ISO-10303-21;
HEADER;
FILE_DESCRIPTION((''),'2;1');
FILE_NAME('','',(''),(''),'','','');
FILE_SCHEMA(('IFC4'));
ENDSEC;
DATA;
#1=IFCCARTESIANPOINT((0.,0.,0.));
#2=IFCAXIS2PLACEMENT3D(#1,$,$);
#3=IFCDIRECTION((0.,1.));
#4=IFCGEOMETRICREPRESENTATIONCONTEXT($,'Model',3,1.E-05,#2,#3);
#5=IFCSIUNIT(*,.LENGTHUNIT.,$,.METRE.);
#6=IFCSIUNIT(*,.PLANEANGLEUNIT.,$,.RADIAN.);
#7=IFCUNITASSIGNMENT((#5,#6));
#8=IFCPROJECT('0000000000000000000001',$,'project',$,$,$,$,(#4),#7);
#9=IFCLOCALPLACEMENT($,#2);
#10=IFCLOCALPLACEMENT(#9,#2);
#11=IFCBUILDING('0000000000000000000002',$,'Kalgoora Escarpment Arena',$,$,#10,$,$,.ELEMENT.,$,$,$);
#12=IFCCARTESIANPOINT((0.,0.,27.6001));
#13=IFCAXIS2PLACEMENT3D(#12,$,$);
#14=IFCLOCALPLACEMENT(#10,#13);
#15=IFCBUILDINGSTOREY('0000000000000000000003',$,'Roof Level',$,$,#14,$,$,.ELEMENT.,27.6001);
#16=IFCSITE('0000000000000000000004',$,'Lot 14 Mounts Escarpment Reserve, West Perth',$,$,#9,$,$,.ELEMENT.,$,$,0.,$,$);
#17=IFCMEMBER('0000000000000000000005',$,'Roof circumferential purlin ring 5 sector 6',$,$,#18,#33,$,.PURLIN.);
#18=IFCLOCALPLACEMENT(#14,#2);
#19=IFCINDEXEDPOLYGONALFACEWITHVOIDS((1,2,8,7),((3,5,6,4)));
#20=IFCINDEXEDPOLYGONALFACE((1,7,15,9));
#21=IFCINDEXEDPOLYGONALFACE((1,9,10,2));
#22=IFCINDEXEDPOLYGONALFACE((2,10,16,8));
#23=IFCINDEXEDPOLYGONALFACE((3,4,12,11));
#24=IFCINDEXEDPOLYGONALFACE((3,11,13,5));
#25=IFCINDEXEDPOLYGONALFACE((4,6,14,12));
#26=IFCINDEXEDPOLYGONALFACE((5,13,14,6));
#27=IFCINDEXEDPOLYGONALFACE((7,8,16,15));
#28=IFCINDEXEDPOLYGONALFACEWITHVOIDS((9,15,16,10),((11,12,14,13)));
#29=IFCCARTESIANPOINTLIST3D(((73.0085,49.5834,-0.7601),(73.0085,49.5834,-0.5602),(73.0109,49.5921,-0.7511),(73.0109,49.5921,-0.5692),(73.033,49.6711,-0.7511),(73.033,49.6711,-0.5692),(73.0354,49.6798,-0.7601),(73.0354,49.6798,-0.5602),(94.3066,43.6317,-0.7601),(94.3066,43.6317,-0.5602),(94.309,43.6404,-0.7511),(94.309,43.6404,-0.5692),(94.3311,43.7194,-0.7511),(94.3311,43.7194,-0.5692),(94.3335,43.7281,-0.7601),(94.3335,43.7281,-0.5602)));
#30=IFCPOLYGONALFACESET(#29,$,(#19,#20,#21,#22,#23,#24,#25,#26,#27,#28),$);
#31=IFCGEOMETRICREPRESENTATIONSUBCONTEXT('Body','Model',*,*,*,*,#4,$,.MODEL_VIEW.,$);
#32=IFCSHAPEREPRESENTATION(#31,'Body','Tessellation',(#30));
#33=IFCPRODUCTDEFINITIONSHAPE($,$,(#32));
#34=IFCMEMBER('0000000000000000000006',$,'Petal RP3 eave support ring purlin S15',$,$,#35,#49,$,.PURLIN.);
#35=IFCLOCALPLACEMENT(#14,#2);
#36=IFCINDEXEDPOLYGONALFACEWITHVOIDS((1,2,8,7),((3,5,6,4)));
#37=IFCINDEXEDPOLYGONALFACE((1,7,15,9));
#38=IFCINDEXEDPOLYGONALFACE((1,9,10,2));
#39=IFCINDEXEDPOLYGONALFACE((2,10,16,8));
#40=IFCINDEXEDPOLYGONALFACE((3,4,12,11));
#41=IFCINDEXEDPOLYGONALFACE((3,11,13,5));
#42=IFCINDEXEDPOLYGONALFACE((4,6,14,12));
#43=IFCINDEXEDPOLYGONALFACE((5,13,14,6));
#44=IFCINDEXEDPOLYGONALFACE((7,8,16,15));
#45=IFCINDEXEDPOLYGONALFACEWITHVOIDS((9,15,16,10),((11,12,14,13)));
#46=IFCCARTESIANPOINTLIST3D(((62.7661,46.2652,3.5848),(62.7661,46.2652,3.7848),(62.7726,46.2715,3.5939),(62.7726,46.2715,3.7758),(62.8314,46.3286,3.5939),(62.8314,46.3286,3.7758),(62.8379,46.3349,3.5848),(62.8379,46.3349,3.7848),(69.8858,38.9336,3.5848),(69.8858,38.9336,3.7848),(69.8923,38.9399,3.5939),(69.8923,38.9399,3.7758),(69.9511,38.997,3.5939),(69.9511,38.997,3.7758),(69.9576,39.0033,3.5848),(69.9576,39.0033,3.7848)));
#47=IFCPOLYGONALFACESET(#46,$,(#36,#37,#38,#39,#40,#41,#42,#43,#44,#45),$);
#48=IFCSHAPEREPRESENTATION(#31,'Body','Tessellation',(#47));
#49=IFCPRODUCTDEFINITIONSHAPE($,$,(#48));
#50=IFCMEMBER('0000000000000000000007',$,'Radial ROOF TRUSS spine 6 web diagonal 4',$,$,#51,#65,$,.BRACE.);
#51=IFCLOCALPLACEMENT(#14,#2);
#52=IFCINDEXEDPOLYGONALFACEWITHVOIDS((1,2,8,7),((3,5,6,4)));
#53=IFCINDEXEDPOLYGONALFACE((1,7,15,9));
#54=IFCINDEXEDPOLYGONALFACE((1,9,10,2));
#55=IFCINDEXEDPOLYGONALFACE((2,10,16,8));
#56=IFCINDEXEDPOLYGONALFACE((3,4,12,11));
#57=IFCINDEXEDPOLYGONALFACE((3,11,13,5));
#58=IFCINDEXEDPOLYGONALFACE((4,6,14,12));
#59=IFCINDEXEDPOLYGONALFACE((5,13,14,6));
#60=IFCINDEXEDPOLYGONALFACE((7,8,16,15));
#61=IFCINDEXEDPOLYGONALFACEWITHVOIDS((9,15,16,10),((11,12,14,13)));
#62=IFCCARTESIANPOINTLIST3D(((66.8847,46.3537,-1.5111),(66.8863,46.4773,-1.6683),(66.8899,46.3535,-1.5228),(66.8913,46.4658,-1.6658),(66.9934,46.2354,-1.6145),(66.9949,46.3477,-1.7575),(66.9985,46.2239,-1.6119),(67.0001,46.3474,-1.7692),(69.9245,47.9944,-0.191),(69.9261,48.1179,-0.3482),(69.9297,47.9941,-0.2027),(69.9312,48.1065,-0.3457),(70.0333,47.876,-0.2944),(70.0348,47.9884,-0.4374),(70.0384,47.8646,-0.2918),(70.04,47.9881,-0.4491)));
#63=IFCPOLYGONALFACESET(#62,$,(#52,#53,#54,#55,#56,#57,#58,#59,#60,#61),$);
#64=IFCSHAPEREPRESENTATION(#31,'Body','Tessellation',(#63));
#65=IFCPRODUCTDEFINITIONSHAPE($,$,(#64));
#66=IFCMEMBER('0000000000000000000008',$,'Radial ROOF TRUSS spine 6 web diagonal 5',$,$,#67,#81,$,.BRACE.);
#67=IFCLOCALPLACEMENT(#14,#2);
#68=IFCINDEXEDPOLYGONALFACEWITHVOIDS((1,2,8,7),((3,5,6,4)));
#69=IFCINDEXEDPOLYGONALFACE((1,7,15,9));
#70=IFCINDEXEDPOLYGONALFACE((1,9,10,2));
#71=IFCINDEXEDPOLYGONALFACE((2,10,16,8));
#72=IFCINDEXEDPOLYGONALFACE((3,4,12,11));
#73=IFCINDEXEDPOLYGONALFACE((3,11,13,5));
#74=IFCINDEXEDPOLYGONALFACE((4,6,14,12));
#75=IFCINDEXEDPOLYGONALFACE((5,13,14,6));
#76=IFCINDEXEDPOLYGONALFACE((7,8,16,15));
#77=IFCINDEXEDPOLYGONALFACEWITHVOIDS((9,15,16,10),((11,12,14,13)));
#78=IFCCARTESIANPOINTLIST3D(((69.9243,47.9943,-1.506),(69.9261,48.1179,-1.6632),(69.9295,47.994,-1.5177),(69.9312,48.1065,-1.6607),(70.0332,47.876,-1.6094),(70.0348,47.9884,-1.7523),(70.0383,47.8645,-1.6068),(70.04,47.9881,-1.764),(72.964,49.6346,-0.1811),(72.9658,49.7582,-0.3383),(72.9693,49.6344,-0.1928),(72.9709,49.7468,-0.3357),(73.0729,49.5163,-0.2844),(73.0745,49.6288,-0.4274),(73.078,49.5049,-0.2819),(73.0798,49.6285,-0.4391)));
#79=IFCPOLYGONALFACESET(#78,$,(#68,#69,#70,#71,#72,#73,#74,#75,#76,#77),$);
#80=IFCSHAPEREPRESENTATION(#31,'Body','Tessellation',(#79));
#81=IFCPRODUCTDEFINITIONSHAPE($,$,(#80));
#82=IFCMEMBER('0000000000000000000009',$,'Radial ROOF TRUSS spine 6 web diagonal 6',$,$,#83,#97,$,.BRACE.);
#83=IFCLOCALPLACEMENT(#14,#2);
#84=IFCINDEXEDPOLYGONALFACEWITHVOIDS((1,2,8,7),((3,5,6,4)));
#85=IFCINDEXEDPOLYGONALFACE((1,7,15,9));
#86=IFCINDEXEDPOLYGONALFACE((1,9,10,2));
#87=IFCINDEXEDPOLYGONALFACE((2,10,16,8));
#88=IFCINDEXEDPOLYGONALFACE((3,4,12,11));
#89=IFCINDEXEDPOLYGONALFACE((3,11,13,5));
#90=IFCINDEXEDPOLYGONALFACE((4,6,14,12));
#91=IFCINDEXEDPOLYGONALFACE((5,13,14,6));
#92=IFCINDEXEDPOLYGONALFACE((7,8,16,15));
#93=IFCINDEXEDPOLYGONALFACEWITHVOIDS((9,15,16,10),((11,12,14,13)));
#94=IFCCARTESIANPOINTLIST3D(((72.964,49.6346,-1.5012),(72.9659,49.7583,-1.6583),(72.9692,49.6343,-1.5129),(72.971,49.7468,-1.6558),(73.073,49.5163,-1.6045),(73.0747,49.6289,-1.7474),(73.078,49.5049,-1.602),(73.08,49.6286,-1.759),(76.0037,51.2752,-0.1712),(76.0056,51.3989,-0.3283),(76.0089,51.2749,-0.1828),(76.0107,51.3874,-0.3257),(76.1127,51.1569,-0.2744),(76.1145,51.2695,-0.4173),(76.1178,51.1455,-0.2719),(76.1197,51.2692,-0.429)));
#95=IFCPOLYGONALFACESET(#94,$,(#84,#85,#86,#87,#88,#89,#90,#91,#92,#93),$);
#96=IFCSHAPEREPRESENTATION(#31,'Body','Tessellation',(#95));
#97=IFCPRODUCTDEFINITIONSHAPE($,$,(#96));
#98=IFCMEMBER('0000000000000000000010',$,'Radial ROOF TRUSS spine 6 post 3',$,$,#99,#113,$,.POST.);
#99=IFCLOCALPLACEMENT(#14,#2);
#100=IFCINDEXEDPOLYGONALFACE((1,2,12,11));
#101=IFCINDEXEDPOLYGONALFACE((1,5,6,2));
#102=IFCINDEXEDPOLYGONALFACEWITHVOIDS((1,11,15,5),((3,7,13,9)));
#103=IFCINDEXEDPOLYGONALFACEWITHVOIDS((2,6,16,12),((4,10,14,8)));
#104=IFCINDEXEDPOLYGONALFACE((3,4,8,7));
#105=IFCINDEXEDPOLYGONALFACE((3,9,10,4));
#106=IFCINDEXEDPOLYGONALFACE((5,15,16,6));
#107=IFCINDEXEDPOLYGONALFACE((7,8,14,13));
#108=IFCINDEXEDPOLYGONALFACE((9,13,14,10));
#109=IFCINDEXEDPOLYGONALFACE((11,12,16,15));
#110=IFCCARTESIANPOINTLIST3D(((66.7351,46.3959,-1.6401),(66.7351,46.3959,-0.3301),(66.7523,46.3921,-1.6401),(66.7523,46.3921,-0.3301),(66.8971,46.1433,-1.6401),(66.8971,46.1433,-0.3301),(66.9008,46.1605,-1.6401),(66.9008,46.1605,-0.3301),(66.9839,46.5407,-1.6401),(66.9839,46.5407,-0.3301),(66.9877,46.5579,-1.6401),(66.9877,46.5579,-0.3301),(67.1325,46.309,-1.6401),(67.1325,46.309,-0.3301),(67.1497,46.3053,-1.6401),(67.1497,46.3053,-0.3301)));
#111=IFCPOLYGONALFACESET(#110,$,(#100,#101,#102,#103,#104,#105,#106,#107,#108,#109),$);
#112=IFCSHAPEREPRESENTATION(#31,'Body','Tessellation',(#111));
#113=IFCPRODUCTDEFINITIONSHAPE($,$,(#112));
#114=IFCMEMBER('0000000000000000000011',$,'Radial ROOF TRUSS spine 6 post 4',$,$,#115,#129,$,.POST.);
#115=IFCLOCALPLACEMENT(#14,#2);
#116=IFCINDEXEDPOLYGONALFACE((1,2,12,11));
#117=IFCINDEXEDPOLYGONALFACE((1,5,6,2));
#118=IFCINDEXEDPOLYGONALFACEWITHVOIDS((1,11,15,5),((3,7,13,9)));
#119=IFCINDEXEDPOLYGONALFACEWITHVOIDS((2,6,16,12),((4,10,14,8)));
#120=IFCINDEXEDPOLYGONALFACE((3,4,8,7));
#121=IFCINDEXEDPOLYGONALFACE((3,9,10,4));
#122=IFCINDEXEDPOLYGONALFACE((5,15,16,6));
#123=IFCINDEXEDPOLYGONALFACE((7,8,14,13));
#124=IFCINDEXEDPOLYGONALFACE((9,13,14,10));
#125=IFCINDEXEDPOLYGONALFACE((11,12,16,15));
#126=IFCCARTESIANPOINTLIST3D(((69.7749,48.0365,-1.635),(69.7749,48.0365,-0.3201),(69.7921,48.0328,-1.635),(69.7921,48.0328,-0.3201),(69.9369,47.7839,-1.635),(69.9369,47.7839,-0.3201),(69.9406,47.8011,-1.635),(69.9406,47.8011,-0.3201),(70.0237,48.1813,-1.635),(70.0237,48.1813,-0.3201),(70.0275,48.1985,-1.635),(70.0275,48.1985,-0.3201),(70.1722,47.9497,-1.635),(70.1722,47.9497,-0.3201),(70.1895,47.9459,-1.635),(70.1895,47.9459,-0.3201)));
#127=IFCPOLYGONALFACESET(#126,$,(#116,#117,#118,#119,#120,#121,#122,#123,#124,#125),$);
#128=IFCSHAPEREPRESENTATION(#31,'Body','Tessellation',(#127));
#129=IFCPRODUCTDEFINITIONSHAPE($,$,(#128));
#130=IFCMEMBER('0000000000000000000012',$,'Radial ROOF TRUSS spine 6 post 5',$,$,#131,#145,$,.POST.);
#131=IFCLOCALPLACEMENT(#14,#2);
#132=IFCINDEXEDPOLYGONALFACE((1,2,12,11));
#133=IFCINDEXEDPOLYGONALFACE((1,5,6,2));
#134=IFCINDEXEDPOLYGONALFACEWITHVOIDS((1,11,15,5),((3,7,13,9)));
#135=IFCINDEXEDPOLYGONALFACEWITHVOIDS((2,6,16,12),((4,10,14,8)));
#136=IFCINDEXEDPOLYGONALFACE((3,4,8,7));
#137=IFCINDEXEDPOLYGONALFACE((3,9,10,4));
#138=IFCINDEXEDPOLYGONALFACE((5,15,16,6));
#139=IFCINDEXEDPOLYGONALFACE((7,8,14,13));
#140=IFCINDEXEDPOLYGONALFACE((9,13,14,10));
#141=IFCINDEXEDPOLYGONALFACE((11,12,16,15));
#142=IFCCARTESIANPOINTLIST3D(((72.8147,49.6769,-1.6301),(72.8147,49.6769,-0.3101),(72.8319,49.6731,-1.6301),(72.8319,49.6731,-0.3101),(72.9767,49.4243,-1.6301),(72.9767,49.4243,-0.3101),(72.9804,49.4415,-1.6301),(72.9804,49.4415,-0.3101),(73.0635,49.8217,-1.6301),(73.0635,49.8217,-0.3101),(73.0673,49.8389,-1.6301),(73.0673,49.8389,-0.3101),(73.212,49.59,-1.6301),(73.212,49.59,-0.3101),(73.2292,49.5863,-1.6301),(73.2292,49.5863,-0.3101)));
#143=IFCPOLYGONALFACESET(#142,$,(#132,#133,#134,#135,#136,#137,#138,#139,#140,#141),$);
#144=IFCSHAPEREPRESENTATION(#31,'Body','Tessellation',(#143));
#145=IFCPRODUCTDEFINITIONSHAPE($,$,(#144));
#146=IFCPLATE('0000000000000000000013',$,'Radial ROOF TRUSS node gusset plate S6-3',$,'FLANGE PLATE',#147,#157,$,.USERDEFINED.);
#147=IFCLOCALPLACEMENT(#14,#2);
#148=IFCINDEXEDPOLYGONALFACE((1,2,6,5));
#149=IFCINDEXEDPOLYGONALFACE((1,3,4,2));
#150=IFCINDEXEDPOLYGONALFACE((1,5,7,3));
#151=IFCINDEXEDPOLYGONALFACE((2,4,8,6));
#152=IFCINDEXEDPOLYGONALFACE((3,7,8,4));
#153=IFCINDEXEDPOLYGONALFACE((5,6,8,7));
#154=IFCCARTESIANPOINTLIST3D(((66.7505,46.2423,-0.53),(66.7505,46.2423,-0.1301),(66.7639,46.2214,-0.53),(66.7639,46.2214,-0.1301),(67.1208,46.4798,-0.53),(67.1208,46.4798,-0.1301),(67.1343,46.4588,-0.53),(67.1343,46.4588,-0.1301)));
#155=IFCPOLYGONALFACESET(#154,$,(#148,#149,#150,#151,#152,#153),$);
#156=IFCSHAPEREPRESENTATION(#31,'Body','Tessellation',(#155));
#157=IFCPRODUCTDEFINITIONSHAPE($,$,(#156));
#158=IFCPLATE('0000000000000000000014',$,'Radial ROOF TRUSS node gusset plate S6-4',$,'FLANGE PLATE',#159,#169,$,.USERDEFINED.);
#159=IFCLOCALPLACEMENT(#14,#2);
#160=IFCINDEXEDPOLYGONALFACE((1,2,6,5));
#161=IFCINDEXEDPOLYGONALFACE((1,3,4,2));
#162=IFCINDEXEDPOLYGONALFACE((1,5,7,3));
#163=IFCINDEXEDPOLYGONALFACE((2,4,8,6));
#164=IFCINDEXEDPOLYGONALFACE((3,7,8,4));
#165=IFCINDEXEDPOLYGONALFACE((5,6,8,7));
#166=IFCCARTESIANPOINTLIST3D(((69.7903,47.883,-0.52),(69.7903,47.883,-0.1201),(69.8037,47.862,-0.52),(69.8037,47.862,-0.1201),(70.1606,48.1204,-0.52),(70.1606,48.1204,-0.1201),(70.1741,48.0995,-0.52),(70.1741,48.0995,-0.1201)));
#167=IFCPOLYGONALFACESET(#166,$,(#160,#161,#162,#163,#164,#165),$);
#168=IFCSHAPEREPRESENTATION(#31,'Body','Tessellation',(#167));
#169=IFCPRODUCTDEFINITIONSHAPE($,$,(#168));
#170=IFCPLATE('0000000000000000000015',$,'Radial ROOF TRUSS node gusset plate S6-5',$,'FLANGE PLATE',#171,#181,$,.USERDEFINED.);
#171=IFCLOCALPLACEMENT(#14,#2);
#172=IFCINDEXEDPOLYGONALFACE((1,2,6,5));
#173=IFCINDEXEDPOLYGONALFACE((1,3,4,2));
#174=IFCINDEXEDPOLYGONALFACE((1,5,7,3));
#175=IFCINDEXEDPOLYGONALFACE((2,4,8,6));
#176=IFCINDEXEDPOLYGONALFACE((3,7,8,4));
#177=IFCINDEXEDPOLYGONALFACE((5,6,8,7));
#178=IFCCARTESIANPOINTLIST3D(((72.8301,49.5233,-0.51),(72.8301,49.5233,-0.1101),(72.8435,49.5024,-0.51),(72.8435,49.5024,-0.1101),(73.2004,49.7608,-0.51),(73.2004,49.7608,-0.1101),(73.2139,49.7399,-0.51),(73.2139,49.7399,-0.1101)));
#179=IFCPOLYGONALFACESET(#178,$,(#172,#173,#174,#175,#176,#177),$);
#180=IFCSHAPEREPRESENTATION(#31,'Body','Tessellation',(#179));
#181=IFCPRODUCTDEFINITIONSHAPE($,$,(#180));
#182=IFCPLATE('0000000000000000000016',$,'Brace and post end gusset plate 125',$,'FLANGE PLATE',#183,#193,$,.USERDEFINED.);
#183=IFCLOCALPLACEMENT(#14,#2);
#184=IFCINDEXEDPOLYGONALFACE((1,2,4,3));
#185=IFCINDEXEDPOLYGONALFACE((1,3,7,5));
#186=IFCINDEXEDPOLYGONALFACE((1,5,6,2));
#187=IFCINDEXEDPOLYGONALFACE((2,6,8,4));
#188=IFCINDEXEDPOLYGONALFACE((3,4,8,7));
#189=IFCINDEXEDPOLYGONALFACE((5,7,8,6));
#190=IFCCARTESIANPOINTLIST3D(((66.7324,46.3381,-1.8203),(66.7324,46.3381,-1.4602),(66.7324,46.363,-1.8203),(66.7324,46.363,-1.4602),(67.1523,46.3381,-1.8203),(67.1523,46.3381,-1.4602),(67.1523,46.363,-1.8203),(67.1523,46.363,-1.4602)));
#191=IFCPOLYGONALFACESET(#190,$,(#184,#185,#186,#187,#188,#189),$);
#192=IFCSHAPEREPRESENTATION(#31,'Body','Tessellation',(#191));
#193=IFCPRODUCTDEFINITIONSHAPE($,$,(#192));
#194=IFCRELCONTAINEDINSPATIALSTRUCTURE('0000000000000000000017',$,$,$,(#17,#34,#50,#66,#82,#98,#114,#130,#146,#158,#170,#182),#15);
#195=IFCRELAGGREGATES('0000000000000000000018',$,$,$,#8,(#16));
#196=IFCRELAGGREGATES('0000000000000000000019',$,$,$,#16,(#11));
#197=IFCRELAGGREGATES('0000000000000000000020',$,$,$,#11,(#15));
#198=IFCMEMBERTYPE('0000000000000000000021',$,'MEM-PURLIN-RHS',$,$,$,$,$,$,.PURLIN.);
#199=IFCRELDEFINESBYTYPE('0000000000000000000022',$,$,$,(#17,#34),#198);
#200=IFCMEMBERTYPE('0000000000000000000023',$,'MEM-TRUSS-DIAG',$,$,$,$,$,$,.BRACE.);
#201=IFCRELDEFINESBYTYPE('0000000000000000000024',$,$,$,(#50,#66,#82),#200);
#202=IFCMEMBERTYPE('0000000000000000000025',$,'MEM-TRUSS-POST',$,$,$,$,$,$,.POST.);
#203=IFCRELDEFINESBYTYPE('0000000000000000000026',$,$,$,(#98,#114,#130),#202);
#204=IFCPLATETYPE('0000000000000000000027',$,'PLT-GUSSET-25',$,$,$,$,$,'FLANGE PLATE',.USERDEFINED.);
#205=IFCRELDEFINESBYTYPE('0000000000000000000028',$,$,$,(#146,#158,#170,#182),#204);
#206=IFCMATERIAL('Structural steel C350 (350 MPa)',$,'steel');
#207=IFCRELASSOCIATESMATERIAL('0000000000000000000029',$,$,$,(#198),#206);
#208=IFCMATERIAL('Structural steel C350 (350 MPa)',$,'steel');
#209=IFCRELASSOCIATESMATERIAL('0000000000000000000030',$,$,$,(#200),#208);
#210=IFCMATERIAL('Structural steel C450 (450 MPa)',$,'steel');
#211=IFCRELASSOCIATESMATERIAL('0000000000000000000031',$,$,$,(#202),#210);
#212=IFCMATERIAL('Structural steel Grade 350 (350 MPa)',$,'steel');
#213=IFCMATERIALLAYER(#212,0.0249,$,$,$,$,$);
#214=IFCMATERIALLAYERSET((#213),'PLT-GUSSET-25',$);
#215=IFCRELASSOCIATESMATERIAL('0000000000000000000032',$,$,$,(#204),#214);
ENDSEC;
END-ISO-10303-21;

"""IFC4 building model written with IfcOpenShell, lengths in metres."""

from ifc_helpers import new_model, si_unit, direction, frame, origin, origin_2d, place, context, subcontext, project, spatial, rectangle, hollow_rectangle, extrude, material, layer, layer_set, material_profile, profile_set, type_object, element, save


model = new_model("IFC4")

# Units and contexts
model_context = context("Model", 3, precision=1e-05, world=origin(), true_north=direction((0.0, 1.0)))
body_context = subcontext(model_context, "Body", "Model", "MODEL_VIEW")
ifc_project = project(units=[si_unit("LENGTHUNIT", "METRE"), si_unit("PLANEANGLEUNIT", "RADIAN")], contexts=[model_context])

# Site, building, storey
site_placement = place(None, origin())
site = spatial("IfcSite", under=ifc_project, at=site_placement, Name="Lot 14 Mounts Escarpment Reserve, West Perth", CompositionType="ELEMENT", RefElevation=0.0)
building_placement = place(site_placement, origin())
building = spatial("IfcBuilding", under=site, at=building_placement, Name="Kalgoora Escarpment Arena", CompositionType="ELEMENT")
storey_placement = place(building_placement, frame((0.0, 0.0, 27.6001)))
storey = spatial("IfcBuildingStorey", under=building, at=storey_placement, Name="Roof Level", CompositionType="ELEMENT", Elevation=27.6001)

# Members
ifc_material_1 = material(Name="Structural steel C350 (350 MPa)", Category="steel")
ifc_material_profile_1 = material_profile(ifc_material_1, hollow_rectangle(XDim=0.1001, YDim=0.2, WallThickness=0.009, at=origin_2d()))
ifc_profile_set_1 = profile_set([ifc_material_profile_1], Name="Structural steel C350 (350 MPa)")
member_type_1 = type_object("IfcMemberType", Name="MEM-PURLIN-RHS", PredefinedType="PURLIN", material=ifc_profile_set_1)
member_1_placement = place(storey_placement, frame((73.022, 49.6316, -0.6602), z_axis=(0.963103, -0.269135, 0.0), x_axis=(0.269135, 0.963103, 0.0)))
element("IfcMember", 1, at=member_1_placement, inside=storey, type_object=member_type_1, Name="Roof circumferential purlin ring 5 sector 6", PredefinedType="PURLIN", context=body_context, shape_type="SweptSolid", body=[
    extrude(hollow_rectangle(XDim=0.1001, YDim=0.2, WallThickness=0.009, at=origin_2d()), origin(), (0.0, 0.0, 1.0), 22.114),
])
member_2_placement = place(storey_placement, frame((62.802, 46.3, 3.6848), z_axis=(0.696663, -0.717399, 0.0), x_axis=(0.717399, 0.696663, 0.0)))
element("IfcMember", 2, at=member_2_placement, inside=storey, type_object=member_type_1, Name="Petal RP3 eave support ring purlin S15", PredefinedType="PURLIN", context=body_context, shape_type="SweptSolid", body=[
    extrude(hollow_rectangle(XDim=0.1001, YDim=0.2, WallThickness=0.009, at=origin_2d()), origin(), (0.0, 0.0, 1.0), 10.2197),
])
ifc_material_2 = material(Name="Structural steel C350 (350 MPa)", Category="steel")
ifc_material_profile_2 = material_profile(ifc_material_2, hollow_rectangle(XDim=0.2, YDim=0.2, WallThickness=0.009, at=origin_2d()))
ifc_profile_set_2 = profile_set([ifc_material_profile_2], Name="Structural steel C350 (350 MPa)")
member_type_2 = type_object("IfcMemberType", Name="MEM-TRUSS-DIAG", PredefinedType="BRACE", material=ifc_profile_set_2)
member_3_placement = place(storey_placement, frame((66.9424, 46.3506, -1.6401), z_axis=(0.822029, 0.443662, 0.356976), x_axis=(-0.569388, 0.649265, 0.504234)))
element("IfcMember", 3, at=member_3_placement, inside=storey, type_object=member_type_2, Name="Radial ROOF TRUSS spine 6 web diagonal 4", PredefinedType="BRACE", context=body_context, shape_type="SweptSolid", body=[
    extrude(hollow_rectangle(XDim=0.2, YDim=0.2, WallThickness=0.009, at=origin_2d()), origin(), (0.0, 0.0, 1.0), 3.698),
])
member_4_placement = place(storey_placement, frame((69.9822, 47.9912, -1.635), z_axis=(0.821665, 0.4434, 0.358138), x_axis=(-0.5699, 0.649002, 0.503994)))
element("IfcMember", 4, at=member_4_placement, inside=storey, type_object=member_type_2, Name="Radial ROOF TRUSS spine 6 web diagonal 5", PredefinedType="BRACE", context=body_context, shape_type="SweptSolid", body=[
    extrude(hollow_rectangle(XDim=0.2, YDim=0.2, WallThickness=0.009, at=origin_2d()), origin(), (0.0, 0.0, 1.0), 3.6995),
])
member_5_placement = place(storey_placement, frame((73.022, 49.6316, -1.6301), z_axis=(0.821233, 0.443232, 0.359335), x_axis=(-0.570509, 0.64866, 0.503746)))
element("IfcMember", 5, at=member_5_placement, inside=storey, type_object=member_type_2, Name="Radial ROOF TRUSS spine 6 web diagonal 6", PredefinedType="BRACE", context=body_context, shape_type="SweptSolid", body=[
    extrude(hollow_rectangle(XDim=0.2, YDim=0.2, WallThickness=0.009, at=origin_2d()), origin(), (0.0, 0.0, 1.0), 3.7014),
])
ifc_material_3 = material(Name="Structural steel C450 (450 MPa)", Category="steel")
ifc_material_profile_3 = material_profile(ifc_material_3, hollow_rectangle(XDim=0.3, YDim=0.3, WallThickness=0.0125, at=origin_2d()))
ifc_profile_set_3 = profile_set([ifc_material_profile_3], Name="Structural steel C450 (450 MPa)")
member_type_3 = type_object("IfcMemberType", Name="MEM-TRUSS-POST", PredefinedType="POST", material=ifc_profile_set_3)
member_6_placement = place(storey_placement, frame((66.9424, 46.3506, -1.6401), z_axis=(0.0, 0.0, 1.0), x_axis=(0.841794, 0.5398, 0.0)))
element("IfcMember", 6, at=member_6_placement, inside=storey, type_object=member_type_3, Name="Radial ROOF TRUSS spine 6 post 3", PredefinedType="POST", context=body_context, shape_type="SweptSolid", body=[
    extrude(hollow_rectangle(XDim=0.3, YDim=0.3, WallThickness=0.0125, at=origin_2d()), origin(), (0.0, 0.0, 1.0), 1.3101),
])
member_7_placement = place(storey_placement, frame((69.9822, 47.9912, -1.635), z_axis=(0.0, 0.0, 1.0), x_axis=(0.841794, 0.5398, 0.0)))
element("IfcMember", 7, at=member_7_placement, inside=storey, type_object=member_type_3, Name="Radial ROOF TRUSS spine 6 post 4", PredefinedType="POST", context=body_context, shape_type="SweptSolid", body=[
    extrude(hollow_rectangle(XDim=0.3, YDim=0.3, WallThickness=0.0125, at=origin_2d()), origin(), (0.0, 0.0, 1.0), 1.3149),
])
member_8_placement = place(storey_placement, frame((73.022, 49.6316, -1.6301), z_axis=(0.0, 0.0, 1.0), x_axis=(0.841794, 0.5398, 0.0)))
element("IfcMember", 8, at=member_8_placement, inside=storey, type_object=member_type_3, Name="Radial ROOF TRUSS spine 6 post 5", PredefinedType="POST", context=body_context, shape_type="SweptSolid", body=[
    extrude(hollow_rectangle(XDim=0.3, YDim=0.3, WallThickness=0.0125, at=origin_2d()), origin(), (0.0, 0.0, 1.0), 1.3201),
])

# Plates
ifc_material_4 = material(Name="Structural steel Grade 350 (350 MPa)", Category="steel")
ifc_layer_1 = layer(ifc_material_4, 0.0249)
ifc_layer_set_1 = layer_set([ifc_layer_1], Name="PLT-GUSSET-25")
plate_type = type_object("IfcPlateType", Name="PLT-GUSSET-25", ElementType="FLANGE PLATE", PredefinedType="USERDEFINED", material=ifc_layer_set_1)
for number, where, z_axis, x_axis, name in (
    (9, (66.9424, 46.3506, -0.53), (0.0, 0.0, 1.0), (0.841794, 0.5398, 0.0), "Radial ROOF TRUSS node gusset plate S6-3"),
    (10, (69.9822, 47.9912, -0.52), (0.0, 0.0, 1.0), (0.841794, 0.5398, 0.0), "Radial ROOF TRUSS node gusset plate S6-4"),
    (11, (73.022, 49.6316, -0.51), (0.0, 0.0, 1.0), (0.841794, 0.5398, 0.0), "Radial ROOF TRUSS node gusset plate S6-5"),
):
    element("IfcPlate", number, at=place(storey_placement, frame(where, z_axis=z_axis, x_axis=x_axis)), inside=storey, type_object=plate_type, Name=name, ObjectType="FLANGE PLATE", PredefinedType="USERDEFINED", context=body_context, shape_type="SweptSolid", body=[
        extrude(rectangle(XDim=0.4399, YDim=0.0249, at=origin_2d()), origin(), (0.0, 0.0, 1.0), 0.3999),
    ])
for number, where, z_axis, x_axis, name in (
    (12, (66.9424, 46.3506, -1.8203), (0.0, 0.0, 1.0), (1.0, 0.0, 0.0), "Brace and post end gusset plate 125"),
):
    element("IfcPlate", number, at=place(storey_placement, frame(where, z_axis=z_axis, x_axis=x_axis)), inside=storey, type_object=plate_type, Name=name, ObjectType="FLANGE PLATE", PredefinedType="USERDEFINED", context=body_context, shape_type="SweptSolid", body=[
        extrude(rectangle(XDim=0.4199, YDim=0.0249, at=origin_2d()), origin(), (0.0, 0.0, 1.0), 0.3601),
    ])

save(model, "model.ifc")
